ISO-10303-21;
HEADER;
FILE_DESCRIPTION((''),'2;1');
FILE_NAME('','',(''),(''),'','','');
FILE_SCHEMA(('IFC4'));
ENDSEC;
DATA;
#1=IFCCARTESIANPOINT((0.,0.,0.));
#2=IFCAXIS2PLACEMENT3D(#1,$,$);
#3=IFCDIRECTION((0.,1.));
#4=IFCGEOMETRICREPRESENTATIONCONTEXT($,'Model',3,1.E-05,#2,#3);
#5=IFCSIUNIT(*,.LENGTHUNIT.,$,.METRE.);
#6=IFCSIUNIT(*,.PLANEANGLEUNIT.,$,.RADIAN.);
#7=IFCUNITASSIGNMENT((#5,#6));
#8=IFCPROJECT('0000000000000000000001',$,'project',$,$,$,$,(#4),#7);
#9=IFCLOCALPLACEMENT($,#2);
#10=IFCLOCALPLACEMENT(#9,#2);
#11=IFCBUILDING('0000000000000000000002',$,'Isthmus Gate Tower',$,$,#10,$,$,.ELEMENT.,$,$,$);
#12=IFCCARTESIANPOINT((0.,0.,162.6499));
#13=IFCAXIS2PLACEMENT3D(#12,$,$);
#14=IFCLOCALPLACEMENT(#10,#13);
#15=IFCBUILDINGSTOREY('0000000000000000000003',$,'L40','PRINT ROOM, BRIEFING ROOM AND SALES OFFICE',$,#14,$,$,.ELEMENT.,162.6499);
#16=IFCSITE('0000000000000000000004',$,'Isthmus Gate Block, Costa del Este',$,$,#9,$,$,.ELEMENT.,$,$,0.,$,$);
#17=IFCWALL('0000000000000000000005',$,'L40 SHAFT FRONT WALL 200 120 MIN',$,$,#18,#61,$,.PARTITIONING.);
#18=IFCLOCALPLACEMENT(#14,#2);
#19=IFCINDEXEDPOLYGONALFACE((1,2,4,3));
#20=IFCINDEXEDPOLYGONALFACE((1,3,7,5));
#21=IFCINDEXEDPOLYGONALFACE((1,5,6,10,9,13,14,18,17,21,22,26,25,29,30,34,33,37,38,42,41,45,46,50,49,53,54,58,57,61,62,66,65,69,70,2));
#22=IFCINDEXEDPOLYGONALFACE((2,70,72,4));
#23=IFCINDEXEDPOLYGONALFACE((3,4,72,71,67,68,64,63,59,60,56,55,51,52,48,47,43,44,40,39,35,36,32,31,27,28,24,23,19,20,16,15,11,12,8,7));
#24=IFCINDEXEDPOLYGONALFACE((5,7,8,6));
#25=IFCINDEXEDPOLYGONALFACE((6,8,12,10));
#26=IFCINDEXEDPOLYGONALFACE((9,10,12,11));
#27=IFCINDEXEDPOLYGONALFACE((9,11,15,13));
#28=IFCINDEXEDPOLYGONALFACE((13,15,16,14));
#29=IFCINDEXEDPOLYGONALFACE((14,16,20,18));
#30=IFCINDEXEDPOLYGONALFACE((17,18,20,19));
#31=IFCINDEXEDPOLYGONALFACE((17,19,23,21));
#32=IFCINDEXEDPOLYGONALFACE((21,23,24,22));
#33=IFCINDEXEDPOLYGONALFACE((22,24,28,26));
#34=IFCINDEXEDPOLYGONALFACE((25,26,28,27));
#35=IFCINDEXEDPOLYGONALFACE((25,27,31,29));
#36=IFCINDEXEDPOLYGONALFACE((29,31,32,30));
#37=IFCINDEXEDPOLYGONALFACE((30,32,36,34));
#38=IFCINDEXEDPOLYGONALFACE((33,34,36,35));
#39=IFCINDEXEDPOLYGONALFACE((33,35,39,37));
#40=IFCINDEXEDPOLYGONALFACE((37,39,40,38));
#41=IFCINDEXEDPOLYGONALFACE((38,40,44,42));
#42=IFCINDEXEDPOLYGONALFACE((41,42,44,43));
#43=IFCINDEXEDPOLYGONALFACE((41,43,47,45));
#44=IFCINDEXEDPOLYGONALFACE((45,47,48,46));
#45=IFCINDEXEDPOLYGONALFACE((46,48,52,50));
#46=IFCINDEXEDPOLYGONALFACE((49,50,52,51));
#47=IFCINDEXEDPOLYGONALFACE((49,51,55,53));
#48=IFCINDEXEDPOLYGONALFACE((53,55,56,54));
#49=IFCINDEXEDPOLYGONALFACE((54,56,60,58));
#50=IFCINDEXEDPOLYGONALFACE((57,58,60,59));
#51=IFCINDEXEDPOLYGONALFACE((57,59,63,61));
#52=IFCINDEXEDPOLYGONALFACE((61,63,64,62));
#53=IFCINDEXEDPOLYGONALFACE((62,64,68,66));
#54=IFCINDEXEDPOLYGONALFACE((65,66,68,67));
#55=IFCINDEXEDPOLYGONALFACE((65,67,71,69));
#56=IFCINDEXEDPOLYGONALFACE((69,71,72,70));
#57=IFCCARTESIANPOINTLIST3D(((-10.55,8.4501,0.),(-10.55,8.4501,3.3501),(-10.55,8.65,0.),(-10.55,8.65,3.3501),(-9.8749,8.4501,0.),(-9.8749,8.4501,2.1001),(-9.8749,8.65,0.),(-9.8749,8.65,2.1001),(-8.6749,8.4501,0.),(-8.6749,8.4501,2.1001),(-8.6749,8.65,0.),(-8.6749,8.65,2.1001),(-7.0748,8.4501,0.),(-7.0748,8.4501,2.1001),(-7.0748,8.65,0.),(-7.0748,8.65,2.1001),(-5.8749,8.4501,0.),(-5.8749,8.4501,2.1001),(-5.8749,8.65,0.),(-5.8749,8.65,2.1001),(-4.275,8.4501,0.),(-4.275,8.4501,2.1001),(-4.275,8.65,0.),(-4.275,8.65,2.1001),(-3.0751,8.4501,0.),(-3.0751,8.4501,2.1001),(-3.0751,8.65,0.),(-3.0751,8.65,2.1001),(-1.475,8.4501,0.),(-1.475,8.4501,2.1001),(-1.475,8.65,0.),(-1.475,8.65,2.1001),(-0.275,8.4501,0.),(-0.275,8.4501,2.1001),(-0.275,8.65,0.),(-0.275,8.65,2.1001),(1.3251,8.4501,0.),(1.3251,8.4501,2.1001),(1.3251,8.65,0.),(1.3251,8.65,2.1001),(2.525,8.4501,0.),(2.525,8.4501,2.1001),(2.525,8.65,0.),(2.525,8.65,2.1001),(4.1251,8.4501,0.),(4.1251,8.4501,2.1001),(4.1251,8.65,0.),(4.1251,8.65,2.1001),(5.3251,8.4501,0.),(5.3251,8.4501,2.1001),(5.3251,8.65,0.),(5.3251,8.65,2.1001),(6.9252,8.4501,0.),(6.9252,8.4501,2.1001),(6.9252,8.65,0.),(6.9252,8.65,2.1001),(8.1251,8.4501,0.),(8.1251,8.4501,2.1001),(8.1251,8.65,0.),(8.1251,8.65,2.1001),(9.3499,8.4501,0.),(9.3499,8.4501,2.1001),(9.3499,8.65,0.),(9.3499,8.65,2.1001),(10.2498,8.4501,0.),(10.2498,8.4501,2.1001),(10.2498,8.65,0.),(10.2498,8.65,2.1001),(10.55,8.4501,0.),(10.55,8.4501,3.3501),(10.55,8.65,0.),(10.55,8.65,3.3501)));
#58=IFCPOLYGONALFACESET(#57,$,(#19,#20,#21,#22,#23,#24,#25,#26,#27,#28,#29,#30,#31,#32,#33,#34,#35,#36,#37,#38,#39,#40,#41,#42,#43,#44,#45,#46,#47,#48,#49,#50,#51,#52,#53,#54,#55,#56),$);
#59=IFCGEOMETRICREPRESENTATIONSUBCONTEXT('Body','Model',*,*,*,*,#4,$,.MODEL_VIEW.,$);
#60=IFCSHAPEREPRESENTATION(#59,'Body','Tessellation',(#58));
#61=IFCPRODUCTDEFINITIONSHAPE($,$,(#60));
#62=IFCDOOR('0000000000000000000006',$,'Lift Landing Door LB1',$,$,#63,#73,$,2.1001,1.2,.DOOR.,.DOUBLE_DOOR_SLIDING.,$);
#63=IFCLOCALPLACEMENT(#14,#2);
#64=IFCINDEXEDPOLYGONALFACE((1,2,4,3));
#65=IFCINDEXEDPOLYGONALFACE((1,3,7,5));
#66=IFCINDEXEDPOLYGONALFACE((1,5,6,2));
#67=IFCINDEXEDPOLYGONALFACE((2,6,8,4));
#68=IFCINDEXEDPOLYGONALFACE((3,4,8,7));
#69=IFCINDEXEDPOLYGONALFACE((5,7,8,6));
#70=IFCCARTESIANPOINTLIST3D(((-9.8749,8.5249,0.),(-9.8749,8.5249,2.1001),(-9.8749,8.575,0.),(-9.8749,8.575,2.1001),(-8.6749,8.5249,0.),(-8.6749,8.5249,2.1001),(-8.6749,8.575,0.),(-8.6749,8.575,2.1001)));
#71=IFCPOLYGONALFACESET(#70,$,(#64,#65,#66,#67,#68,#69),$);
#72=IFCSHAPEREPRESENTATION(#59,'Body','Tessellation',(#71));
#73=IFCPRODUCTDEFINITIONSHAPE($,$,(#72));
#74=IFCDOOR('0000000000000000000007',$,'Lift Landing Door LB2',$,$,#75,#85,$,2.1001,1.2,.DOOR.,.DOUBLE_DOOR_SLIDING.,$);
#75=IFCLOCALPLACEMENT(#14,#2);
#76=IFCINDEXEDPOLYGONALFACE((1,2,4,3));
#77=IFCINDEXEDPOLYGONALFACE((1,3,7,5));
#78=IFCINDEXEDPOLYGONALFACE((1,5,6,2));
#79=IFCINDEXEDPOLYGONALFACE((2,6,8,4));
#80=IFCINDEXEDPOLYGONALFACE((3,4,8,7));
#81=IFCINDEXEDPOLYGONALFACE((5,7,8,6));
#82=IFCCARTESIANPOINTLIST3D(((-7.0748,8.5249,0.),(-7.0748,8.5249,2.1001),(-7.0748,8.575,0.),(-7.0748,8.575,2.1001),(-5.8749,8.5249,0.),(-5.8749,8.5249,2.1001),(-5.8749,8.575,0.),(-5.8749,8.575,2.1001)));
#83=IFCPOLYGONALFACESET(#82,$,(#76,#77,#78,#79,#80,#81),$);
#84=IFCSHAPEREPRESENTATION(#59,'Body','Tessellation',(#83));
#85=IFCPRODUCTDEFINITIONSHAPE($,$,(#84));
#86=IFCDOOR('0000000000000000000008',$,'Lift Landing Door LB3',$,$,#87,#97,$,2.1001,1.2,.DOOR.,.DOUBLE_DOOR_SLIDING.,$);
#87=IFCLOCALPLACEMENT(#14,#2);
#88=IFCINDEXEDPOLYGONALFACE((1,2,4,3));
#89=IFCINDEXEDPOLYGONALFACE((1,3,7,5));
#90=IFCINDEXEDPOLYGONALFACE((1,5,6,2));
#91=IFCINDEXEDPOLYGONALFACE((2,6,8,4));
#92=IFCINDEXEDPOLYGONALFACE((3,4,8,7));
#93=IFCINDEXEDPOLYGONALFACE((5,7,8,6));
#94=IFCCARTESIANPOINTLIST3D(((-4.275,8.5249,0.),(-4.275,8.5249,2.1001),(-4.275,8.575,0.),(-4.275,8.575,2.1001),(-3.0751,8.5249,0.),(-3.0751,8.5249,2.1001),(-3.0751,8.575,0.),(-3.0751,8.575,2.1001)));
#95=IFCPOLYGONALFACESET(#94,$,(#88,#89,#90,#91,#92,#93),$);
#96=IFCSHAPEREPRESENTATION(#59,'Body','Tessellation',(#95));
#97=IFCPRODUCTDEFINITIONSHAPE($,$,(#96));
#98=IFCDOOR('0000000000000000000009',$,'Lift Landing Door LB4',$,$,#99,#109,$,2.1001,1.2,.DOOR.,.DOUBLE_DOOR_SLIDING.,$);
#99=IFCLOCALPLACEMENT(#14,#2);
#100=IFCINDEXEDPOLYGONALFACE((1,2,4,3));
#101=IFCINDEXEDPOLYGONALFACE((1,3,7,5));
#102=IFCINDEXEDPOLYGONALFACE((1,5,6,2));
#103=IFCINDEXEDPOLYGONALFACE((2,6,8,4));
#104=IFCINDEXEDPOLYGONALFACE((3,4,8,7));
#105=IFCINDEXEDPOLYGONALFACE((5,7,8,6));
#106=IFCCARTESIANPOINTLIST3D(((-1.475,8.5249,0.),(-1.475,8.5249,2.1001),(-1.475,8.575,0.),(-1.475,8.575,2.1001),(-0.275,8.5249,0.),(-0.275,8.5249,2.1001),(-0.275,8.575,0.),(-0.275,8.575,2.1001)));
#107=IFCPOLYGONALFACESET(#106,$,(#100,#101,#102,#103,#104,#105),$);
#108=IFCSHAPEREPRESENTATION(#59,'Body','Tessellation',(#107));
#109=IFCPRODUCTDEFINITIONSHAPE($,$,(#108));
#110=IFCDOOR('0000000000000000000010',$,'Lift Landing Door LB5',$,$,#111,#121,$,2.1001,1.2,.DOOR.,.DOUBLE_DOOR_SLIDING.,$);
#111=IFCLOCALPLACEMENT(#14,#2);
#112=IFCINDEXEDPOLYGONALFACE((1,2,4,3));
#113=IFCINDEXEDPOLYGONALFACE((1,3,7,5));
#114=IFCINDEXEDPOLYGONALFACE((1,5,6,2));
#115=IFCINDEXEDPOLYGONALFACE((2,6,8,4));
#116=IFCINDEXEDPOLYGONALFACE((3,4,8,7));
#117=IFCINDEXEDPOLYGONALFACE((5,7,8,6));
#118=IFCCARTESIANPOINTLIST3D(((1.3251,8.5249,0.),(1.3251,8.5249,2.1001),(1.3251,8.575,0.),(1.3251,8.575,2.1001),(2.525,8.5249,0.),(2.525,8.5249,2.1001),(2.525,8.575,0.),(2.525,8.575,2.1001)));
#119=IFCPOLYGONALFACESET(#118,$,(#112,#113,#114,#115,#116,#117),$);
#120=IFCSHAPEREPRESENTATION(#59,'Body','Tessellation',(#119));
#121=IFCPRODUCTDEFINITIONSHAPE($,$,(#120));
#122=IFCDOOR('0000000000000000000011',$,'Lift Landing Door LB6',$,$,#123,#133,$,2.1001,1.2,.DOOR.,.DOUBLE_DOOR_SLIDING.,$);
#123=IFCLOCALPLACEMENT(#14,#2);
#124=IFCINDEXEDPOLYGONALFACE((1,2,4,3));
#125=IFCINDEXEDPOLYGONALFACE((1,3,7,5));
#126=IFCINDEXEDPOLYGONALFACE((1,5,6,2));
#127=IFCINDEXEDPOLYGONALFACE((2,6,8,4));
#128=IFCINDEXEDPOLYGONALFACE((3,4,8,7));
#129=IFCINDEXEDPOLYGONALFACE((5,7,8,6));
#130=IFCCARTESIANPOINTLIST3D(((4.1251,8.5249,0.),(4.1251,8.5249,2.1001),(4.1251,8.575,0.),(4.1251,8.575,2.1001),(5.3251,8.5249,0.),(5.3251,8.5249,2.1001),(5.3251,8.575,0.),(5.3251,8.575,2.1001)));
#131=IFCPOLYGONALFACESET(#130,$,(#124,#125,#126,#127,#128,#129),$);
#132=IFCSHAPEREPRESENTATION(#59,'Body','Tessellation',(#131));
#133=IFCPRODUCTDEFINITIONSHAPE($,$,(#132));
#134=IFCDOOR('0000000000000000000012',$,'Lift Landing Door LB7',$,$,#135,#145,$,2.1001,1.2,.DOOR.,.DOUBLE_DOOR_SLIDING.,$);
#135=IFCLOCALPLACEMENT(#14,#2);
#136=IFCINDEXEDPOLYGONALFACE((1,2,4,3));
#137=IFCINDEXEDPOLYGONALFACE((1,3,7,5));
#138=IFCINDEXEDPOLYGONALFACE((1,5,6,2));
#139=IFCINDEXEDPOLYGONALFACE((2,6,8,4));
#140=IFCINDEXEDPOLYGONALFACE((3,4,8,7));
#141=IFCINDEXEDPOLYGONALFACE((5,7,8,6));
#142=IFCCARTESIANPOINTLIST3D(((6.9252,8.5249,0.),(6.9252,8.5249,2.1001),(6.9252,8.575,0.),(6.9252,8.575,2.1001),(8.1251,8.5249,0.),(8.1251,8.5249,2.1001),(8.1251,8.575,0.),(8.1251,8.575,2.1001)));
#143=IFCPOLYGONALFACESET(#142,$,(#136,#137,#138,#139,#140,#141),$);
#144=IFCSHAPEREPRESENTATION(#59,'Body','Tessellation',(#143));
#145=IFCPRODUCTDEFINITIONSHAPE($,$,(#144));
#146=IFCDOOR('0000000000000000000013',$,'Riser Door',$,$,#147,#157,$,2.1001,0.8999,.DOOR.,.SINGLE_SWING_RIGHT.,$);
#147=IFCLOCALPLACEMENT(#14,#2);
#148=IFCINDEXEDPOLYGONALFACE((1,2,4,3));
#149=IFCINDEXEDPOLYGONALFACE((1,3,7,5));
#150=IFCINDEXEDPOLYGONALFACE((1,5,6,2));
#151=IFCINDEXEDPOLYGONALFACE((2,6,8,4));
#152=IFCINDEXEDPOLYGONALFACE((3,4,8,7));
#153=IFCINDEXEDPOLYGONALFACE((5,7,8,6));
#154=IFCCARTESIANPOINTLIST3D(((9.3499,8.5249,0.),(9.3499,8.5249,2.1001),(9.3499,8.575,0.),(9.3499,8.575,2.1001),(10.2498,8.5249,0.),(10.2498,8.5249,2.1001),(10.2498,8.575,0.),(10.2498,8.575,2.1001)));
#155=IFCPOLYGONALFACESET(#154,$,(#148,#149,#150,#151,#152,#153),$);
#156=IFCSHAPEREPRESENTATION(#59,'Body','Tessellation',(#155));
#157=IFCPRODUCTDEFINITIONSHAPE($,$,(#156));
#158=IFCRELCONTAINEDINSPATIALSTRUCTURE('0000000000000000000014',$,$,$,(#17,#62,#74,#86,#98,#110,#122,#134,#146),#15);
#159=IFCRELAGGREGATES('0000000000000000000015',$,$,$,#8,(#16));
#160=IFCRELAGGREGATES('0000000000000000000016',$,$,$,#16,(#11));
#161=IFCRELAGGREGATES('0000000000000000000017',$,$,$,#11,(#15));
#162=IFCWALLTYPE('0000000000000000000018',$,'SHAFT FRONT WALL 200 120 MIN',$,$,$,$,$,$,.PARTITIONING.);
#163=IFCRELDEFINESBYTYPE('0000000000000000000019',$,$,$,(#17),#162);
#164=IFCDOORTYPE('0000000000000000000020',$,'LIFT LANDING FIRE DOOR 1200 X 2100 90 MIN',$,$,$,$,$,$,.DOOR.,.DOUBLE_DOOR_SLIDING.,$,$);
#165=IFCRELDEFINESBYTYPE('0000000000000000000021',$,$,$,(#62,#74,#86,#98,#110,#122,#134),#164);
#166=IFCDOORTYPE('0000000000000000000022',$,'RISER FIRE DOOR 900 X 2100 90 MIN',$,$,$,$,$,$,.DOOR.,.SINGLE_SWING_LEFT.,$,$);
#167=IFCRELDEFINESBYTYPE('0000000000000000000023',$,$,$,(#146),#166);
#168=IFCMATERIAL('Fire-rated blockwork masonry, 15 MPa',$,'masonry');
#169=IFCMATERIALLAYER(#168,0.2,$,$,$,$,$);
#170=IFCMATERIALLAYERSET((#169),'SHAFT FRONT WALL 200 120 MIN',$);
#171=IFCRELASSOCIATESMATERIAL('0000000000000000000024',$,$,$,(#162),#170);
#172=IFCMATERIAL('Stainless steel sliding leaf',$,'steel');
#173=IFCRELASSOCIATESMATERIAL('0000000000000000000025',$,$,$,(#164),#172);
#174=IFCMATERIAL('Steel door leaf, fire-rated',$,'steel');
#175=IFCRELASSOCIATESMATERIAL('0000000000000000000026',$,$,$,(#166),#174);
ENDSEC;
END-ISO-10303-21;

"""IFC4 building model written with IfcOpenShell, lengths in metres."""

from ifc_helpers import new_model, si_unit, direction, frame, frame_2d, origin, place, context, subcontext, project, spatial, rectangle, extrude, material, layer, layer_set, type_object, element, fill, save


model = new_model("IFC4")

# Units and contexts
model_context = context("Model", 3, precision=1e-05, world=origin(), true_north=direction((0.0, 1.0)))
body_context = subcontext(model_context, "Body", "Model", "MODEL_VIEW")
ifc_project = project(units=[si_unit("LENGTHUNIT", "METRE"), si_unit("PLANEANGLEUNIT", "RADIAN")], contexts=[model_context])

# Site, building, storey
site_placement = place(None, origin())
site = spatial("IfcSite", under=ifc_project, at=site_placement, Name="Isthmus Gate Block, Costa del Este", CompositionType="ELEMENT", RefElevation=0.0)
building_placement = place(site_placement, origin())
building = spatial("IfcBuilding", under=site, at=building_placement, Name="Isthmus Gate Tower", CompositionType="ELEMENT")
storey_placement = place(building_placement, frame((0.0, 0.0, 162.6499)))
storey = spatial("IfcBuildingStorey", under=building, at=storey_placement, Name="L40", Description="PRINT ROOM, BRIEFING ROOM AND SALES OFFICE", CompositionType="ELEMENT", Elevation=162.6499)

# Wall, openings, doors
ifc_material_1 = material(Name="Fire-rated blockwork masonry, 15 MPa", Category="masonry")
ifc_layer_1 = layer(ifc_material_1, 0.2)
ifc_layer_set_1 = layer_set([ifc_layer_1], Name="SHAFT FRONT WALL 200 120 MIN")
wall_type_1 = type_object("IfcWallType", Name="SHAFT FRONT WALL 200 120 MIN", PredefinedType="PARTITIONING", material=ifc_layer_set_1)
wall_1_placement = place(storey_placement, frame((-10.55, 8.55, 0.0), z_axis=(0.0, 0.0, 1.0), x_axis=(1.0, 0.0, 0.0)))
wall_1 = element("IfcWall", 1, at=wall_1_placement, inside=storey, type_object=wall_type_1, Name="L40 SHAFT FRONT WALL 200 120 MIN", PredefinedType="PARTITIONING", context=body_context, shape_type="SweptSolid", body=[
    extrude(rectangle(XDim=21.1001, YDim=0.2, at=frame_2d((10.55, 0.0))), origin(), (0.0, 0.0, 1.0), 3.3501),
])
opening_1_placement = place(wall_1_placement, frame((0.675, 0.0, 0.0)))
opening_1 = element("IfcOpeningElement", 2, at=opening_1_placement, cuts=wall_1, PredefinedType="OPENING", context=body_context, shape_type="SweptSolid", body=[
    extrude(rectangle(XDim=1.2, YDim=2.1001, at=frame_2d((0.6001, 1.05))), frame((0.0, 0.1099, 0.0), z_axis=(0.0, -1.0, 0.0), x_axis=(1.0, 0.0, 0.0)), (0.0, 0.0, 1.0), 0.22),
])
opening_2_placement = place(wall_1_placement, frame((3.4751, 0.0, 0.0)))
opening_2 = element("IfcOpeningElement", 3, at=opening_2_placement, cuts=wall_1, PredefinedType="OPENING", context=body_context, shape_type="SweptSolid", body=[
    extrude(rectangle(XDim=1.2, YDim=2.1001, at=frame_2d((0.6001, 1.05))), frame((0.0, 0.1099, 0.0), z_axis=(0.0, -1.0, 0.0), x_axis=(1.0, 0.0, 0.0)), (0.0, 0.0, 1.0), 0.22),
])
opening_3_placement = place(wall_1_placement, frame((6.2749, 0.0, 0.0)))
opening_3 = element("IfcOpeningElement", 4, at=opening_3_placement, cuts=wall_1, PredefinedType="OPENING", context=body_context, shape_type="SweptSolid", body=[
    extrude(rectangle(XDim=1.2, YDim=2.1001, at=frame_2d((0.6001, 1.05))), frame((0.0, 0.1099, 0.0), z_axis=(0.0, -1.0, 0.0), x_axis=(1.0, 0.0, 0.0)), (0.0, 0.0, 1.0), 0.22),
])
opening_4_placement = place(wall_1_placement, frame((9.075, 0.0, 0.0)))
opening_4 = element("IfcOpeningElement", 5, at=opening_4_placement, cuts=wall_1, PredefinedType="OPENING", context=body_context, shape_type="SweptSolid", body=[
    extrude(rectangle(XDim=1.2, YDim=2.1001, at=frame_2d((0.6001, 1.05))), frame((0.0, 0.1099, 0.0), z_axis=(0.0, -1.0, 0.0), x_axis=(1.0, 0.0, 0.0)), (0.0, 0.0, 1.0), 0.22),
])
opening_5_placement = place(wall_1_placement, frame((11.875, 0.0, 0.0)))
opening_5 = element("IfcOpeningElement", 6, at=opening_5_placement, cuts=wall_1, PredefinedType="OPENING", context=body_context, shape_type="SweptSolid", body=[
    extrude(rectangle(XDim=1.2, YDim=2.1001, at=frame_2d((0.6001, 1.05))), frame((0.0, 0.1099, 0.0), z_axis=(0.0, -1.0, 0.0), x_axis=(1.0, 0.0, 0.0)), (0.0, 0.0, 1.0), 0.22),
])
opening_6_placement = place(wall_1_placement, frame((14.675, 0.0, 0.0)))
opening_6 = element("IfcOpeningElement", 7, at=opening_6_placement, cuts=wall_1, PredefinedType="OPENING", context=body_context, shape_type="SweptSolid", body=[
    extrude(rectangle(XDim=1.2, YDim=2.1001, at=frame_2d((0.6001, 1.05))), frame((0.0, 0.1099, 0.0), z_axis=(0.0, -1.0, 0.0), x_axis=(1.0, 0.0, 0.0)), (0.0, 0.0, 1.0), 0.22),
])
opening_7_placement = place(wall_1_placement, frame((17.4751, 0.0, 0.0)))
opening_7 = element("IfcOpeningElement", 8, at=opening_7_placement, cuts=wall_1, PredefinedType="OPENING", context=body_context, shape_type="SweptSolid", body=[
    extrude(rectangle(XDim=1.2, YDim=2.1001, at=frame_2d((0.6001, 1.05))), frame((0.0, 0.1099, 0.0), z_axis=(0.0, -1.0, 0.0), x_axis=(1.0, 0.0, 0.0)), (0.0, 0.0, 1.0), 0.22),
])
opening_8_placement = place(wall_1_placement, frame((19.8999, 0.0, 0.0)))
opening_8 = element("IfcOpeningElement", 9, at=opening_8_placement, cuts=wall_1, PredefinedType="OPENING", context=body_context, shape_type="SweptSolid", body=[
    extrude(rectangle(XDim=0.8999, YDim=2.1001, at=frame_2d((0.45, 1.05))), frame((0.0, 0.1099, 0.0), z_axis=(0.0, -1.0, 0.0), x_axis=(1.0, 0.0, 0.0)), (0.0, 0.0, 1.0), 0.22),
])
ifc_material_2 = material(Name="Stainless steel sliding leaf", Category="steel")
door_type_1 = type_object("IfcDoorType", Name="LIFT LANDING FIRE DOOR 1200 X 2100 90 MIN", OperationType="DOUBLE_DOOR_SLIDING", PredefinedType="DOOR", material=ifc_material_2)
door_1_placement = place(opening_1_placement, origin())
door_1 = element("IfcDoor", 10, at=door_1_placement, inside=storey, type_object=door_type_1, Name="Lift Landing Door LB1", OperationType="DOUBLE_DOOR_SLIDING", OverallHeight=2.1001, OverallWidth=1.2, PredefinedType="DOOR", context=body_context, shape_type="SweptSolid", body=[
    extrude(rectangle(XDim=1.2, YDim=2.1001, at=frame_2d((0.6001, 1.05))), frame((0.0, 0.0249, 0.0), z_axis=(0.0, -1.0, 0.0), x_axis=(1.0, 0.0, 0.0)), (0.0, 0.0, 1.0), 0.05),
])
fill(opening_1, door_1)
door_2_placement = place(opening_2_placement, origin())
door_2 = element("IfcDoor", 11, at=door_2_placement, inside=storey, type_object=door_type_1, Name="Lift Landing Door LB2", OperationType="DOUBLE_DOOR_SLIDING", OverallHeight=2.1001, OverallWidth=1.2, PredefinedType="DOOR", context=body_context, shape_type="SweptSolid", body=[
    extrude(rectangle(XDim=1.2, YDim=2.1001, at=frame_2d((0.6001, 1.05))), frame((0.0, 0.0249, 0.0), z_axis=(0.0, -1.0, 0.0), x_axis=(1.0, 0.0, 0.0)), (0.0, 0.0, 1.0), 0.05),
])
fill(opening_2, door_2)
door_3_placement = place(opening_3_placement, origin())
door_3 = element("IfcDoor", 12, at=door_3_placement, inside=storey, type_object=door_type_1, Name="Lift Landing Door LB3", OperationType="DOUBLE_DOOR_SLIDING", OverallHeight=2.1001, OverallWidth=1.2, PredefinedType="DOOR", context=body_context, shape_type="SweptSolid", body=[
    extrude(rectangle(XDim=1.2, YDim=2.1001, at=frame_2d((0.6001, 1.05))), frame((0.0, 0.0249, 0.0), z_axis=(0.0, -1.0, 0.0), x_axis=(1.0, 0.0, 0.0)), (0.0, 0.0, 1.0), 0.05),
])
fill(opening_3, door_3)
door_4_placement = place(opening_4_placement, origin())
door_4 = element("IfcDoor", 13, at=door_4_placement, inside=storey, type_object=door_type_1, Name="Lift Landing Door LB4", OperationType="DOUBLE_DOOR_SLIDING", OverallHeight=2.1001, OverallWidth=1.2, PredefinedType="DOOR", context=body_context, shape_type="SweptSolid", body=[
    extrude(rectangle(XDim=1.2, YDim=2.1001, at=frame_2d((0.6001, 1.05))), frame((0.0, 0.0249, 0.0), z_axis=(0.0, -1.0, 0.0), x_axis=(1.0, 0.0, 0.0)), (0.0, 0.0, 1.0), 0.05),
])
fill(opening_4, door_4)
door_5_placement = place(opening_5_placement, origin())
door_5 = element("IfcDoor", 14, at=door_5_placement, inside=storey, type_object=door_type_1, Name="Lift Landing Door LB5", OperationType="DOUBLE_DOOR_SLIDING", OverallHeight=2.1001, OverallWidth=1.2, PredefinedType="DOOR", context=body_context, shape_type="SweptSolid", body=[
    extrude(rectangle(XDim=1.2, YDim=2.1001, at=frame_2d((0.6001, 1.05))), frame((0.0, 0.0249, 0.0), z_axis=(0.0, -1.0, 0.0), x_axis=(1.0, 0.0, 0.0)), (0.0, 0.0, 1.0), 0.05),
])
fill(opening_5, door_5)
door_6_placement = place(opening_6_placement, origin())
door_6 = element("IfcDoor", 15, at=door_6_placement, inside=storey, type_object=door_type_1, Name="Lift Landing Door LB6", OperationType="DOUBLE_DOOR_SLIDING", OverallHeight=2.1001, OverallWidth=1.2, PredefinedType="DOOR", context=body_context, shape_type="SweptSolid", body=[
    extrude(rectangle(XDim=1.2, YDim=2.1001, at=frame_2d((0.6001, 1.05))), frame((0.0, 0.0249, 0.0), z_axis=(0.0, -1.0, 0.0), x_axis=(1.0, 0.0, 0.0)), (0.0, 0.0, 1.0), 0.05),
])
fill(opening_6, door_6)
door_7_placement = place(opening_7_placement, origin())
door_7 = element("IfcDoor", 16, at=door_7_placement, inside=storey, type_object=door_type_1, Name="Lift Landing Door LB7", OperationType="DOUBLE_DOOR_SLIDING", OverallHeight=2.1001, OverallWidth=1.2, PredefinedType="DOOR", context=body_context, shape_type="SweptSolid", body=[
    extrude(rectangle(XDim=1.2, YDim=2.1001, at=frame_2d((0.6001, 1.05))), frame((0.0, 0.0249, 0.0), z_axis=(0.0, -1.0, 0.0), x_axis=(1.0, 0.0, 0.0)), (0.0, 0.0, 1.0), 0.05),
])
fill(opening_7, door_7)
ifc_material_3 = material(Name="Steel door leaf, fire-rated", Category="steel")
door_type_2 = type_object("IfcDoorType", Name="RISER FIRE DOOR 900 X 2100 90 MIN", OperationType="SINGLE_SWING_LEFT", PredefinedType="DOOR", material=ifc_material_3)
door_8_placement = place(opening_8_placement, origin())
door_8 = element("IfcDoor", 17, at=door_8_placement, inside=storey, type_object=door_type_2, Name="Riser Door", OperationType="SINGLE_SWING_RIGHT", OverallHeight=2.1001, OverallWidth=0.8999, PredefinedType="DOOR", context=body_context, shape_type="SweptSolid", body=[
    extrude(rectangle(XDim=0.8999, YDim=2.1001, at=frame_2d((0.45, 1.05))), frame((0.0, 0.0249, 0.0), z_axis=(0.0, -1.0, 0.0), x_axis=(1.0, 0.0, 0.0)), (0.0, 0.0, 1.0), 0.05),
])
fill(opening_8, door_8)

save(model, "model.ifc")
